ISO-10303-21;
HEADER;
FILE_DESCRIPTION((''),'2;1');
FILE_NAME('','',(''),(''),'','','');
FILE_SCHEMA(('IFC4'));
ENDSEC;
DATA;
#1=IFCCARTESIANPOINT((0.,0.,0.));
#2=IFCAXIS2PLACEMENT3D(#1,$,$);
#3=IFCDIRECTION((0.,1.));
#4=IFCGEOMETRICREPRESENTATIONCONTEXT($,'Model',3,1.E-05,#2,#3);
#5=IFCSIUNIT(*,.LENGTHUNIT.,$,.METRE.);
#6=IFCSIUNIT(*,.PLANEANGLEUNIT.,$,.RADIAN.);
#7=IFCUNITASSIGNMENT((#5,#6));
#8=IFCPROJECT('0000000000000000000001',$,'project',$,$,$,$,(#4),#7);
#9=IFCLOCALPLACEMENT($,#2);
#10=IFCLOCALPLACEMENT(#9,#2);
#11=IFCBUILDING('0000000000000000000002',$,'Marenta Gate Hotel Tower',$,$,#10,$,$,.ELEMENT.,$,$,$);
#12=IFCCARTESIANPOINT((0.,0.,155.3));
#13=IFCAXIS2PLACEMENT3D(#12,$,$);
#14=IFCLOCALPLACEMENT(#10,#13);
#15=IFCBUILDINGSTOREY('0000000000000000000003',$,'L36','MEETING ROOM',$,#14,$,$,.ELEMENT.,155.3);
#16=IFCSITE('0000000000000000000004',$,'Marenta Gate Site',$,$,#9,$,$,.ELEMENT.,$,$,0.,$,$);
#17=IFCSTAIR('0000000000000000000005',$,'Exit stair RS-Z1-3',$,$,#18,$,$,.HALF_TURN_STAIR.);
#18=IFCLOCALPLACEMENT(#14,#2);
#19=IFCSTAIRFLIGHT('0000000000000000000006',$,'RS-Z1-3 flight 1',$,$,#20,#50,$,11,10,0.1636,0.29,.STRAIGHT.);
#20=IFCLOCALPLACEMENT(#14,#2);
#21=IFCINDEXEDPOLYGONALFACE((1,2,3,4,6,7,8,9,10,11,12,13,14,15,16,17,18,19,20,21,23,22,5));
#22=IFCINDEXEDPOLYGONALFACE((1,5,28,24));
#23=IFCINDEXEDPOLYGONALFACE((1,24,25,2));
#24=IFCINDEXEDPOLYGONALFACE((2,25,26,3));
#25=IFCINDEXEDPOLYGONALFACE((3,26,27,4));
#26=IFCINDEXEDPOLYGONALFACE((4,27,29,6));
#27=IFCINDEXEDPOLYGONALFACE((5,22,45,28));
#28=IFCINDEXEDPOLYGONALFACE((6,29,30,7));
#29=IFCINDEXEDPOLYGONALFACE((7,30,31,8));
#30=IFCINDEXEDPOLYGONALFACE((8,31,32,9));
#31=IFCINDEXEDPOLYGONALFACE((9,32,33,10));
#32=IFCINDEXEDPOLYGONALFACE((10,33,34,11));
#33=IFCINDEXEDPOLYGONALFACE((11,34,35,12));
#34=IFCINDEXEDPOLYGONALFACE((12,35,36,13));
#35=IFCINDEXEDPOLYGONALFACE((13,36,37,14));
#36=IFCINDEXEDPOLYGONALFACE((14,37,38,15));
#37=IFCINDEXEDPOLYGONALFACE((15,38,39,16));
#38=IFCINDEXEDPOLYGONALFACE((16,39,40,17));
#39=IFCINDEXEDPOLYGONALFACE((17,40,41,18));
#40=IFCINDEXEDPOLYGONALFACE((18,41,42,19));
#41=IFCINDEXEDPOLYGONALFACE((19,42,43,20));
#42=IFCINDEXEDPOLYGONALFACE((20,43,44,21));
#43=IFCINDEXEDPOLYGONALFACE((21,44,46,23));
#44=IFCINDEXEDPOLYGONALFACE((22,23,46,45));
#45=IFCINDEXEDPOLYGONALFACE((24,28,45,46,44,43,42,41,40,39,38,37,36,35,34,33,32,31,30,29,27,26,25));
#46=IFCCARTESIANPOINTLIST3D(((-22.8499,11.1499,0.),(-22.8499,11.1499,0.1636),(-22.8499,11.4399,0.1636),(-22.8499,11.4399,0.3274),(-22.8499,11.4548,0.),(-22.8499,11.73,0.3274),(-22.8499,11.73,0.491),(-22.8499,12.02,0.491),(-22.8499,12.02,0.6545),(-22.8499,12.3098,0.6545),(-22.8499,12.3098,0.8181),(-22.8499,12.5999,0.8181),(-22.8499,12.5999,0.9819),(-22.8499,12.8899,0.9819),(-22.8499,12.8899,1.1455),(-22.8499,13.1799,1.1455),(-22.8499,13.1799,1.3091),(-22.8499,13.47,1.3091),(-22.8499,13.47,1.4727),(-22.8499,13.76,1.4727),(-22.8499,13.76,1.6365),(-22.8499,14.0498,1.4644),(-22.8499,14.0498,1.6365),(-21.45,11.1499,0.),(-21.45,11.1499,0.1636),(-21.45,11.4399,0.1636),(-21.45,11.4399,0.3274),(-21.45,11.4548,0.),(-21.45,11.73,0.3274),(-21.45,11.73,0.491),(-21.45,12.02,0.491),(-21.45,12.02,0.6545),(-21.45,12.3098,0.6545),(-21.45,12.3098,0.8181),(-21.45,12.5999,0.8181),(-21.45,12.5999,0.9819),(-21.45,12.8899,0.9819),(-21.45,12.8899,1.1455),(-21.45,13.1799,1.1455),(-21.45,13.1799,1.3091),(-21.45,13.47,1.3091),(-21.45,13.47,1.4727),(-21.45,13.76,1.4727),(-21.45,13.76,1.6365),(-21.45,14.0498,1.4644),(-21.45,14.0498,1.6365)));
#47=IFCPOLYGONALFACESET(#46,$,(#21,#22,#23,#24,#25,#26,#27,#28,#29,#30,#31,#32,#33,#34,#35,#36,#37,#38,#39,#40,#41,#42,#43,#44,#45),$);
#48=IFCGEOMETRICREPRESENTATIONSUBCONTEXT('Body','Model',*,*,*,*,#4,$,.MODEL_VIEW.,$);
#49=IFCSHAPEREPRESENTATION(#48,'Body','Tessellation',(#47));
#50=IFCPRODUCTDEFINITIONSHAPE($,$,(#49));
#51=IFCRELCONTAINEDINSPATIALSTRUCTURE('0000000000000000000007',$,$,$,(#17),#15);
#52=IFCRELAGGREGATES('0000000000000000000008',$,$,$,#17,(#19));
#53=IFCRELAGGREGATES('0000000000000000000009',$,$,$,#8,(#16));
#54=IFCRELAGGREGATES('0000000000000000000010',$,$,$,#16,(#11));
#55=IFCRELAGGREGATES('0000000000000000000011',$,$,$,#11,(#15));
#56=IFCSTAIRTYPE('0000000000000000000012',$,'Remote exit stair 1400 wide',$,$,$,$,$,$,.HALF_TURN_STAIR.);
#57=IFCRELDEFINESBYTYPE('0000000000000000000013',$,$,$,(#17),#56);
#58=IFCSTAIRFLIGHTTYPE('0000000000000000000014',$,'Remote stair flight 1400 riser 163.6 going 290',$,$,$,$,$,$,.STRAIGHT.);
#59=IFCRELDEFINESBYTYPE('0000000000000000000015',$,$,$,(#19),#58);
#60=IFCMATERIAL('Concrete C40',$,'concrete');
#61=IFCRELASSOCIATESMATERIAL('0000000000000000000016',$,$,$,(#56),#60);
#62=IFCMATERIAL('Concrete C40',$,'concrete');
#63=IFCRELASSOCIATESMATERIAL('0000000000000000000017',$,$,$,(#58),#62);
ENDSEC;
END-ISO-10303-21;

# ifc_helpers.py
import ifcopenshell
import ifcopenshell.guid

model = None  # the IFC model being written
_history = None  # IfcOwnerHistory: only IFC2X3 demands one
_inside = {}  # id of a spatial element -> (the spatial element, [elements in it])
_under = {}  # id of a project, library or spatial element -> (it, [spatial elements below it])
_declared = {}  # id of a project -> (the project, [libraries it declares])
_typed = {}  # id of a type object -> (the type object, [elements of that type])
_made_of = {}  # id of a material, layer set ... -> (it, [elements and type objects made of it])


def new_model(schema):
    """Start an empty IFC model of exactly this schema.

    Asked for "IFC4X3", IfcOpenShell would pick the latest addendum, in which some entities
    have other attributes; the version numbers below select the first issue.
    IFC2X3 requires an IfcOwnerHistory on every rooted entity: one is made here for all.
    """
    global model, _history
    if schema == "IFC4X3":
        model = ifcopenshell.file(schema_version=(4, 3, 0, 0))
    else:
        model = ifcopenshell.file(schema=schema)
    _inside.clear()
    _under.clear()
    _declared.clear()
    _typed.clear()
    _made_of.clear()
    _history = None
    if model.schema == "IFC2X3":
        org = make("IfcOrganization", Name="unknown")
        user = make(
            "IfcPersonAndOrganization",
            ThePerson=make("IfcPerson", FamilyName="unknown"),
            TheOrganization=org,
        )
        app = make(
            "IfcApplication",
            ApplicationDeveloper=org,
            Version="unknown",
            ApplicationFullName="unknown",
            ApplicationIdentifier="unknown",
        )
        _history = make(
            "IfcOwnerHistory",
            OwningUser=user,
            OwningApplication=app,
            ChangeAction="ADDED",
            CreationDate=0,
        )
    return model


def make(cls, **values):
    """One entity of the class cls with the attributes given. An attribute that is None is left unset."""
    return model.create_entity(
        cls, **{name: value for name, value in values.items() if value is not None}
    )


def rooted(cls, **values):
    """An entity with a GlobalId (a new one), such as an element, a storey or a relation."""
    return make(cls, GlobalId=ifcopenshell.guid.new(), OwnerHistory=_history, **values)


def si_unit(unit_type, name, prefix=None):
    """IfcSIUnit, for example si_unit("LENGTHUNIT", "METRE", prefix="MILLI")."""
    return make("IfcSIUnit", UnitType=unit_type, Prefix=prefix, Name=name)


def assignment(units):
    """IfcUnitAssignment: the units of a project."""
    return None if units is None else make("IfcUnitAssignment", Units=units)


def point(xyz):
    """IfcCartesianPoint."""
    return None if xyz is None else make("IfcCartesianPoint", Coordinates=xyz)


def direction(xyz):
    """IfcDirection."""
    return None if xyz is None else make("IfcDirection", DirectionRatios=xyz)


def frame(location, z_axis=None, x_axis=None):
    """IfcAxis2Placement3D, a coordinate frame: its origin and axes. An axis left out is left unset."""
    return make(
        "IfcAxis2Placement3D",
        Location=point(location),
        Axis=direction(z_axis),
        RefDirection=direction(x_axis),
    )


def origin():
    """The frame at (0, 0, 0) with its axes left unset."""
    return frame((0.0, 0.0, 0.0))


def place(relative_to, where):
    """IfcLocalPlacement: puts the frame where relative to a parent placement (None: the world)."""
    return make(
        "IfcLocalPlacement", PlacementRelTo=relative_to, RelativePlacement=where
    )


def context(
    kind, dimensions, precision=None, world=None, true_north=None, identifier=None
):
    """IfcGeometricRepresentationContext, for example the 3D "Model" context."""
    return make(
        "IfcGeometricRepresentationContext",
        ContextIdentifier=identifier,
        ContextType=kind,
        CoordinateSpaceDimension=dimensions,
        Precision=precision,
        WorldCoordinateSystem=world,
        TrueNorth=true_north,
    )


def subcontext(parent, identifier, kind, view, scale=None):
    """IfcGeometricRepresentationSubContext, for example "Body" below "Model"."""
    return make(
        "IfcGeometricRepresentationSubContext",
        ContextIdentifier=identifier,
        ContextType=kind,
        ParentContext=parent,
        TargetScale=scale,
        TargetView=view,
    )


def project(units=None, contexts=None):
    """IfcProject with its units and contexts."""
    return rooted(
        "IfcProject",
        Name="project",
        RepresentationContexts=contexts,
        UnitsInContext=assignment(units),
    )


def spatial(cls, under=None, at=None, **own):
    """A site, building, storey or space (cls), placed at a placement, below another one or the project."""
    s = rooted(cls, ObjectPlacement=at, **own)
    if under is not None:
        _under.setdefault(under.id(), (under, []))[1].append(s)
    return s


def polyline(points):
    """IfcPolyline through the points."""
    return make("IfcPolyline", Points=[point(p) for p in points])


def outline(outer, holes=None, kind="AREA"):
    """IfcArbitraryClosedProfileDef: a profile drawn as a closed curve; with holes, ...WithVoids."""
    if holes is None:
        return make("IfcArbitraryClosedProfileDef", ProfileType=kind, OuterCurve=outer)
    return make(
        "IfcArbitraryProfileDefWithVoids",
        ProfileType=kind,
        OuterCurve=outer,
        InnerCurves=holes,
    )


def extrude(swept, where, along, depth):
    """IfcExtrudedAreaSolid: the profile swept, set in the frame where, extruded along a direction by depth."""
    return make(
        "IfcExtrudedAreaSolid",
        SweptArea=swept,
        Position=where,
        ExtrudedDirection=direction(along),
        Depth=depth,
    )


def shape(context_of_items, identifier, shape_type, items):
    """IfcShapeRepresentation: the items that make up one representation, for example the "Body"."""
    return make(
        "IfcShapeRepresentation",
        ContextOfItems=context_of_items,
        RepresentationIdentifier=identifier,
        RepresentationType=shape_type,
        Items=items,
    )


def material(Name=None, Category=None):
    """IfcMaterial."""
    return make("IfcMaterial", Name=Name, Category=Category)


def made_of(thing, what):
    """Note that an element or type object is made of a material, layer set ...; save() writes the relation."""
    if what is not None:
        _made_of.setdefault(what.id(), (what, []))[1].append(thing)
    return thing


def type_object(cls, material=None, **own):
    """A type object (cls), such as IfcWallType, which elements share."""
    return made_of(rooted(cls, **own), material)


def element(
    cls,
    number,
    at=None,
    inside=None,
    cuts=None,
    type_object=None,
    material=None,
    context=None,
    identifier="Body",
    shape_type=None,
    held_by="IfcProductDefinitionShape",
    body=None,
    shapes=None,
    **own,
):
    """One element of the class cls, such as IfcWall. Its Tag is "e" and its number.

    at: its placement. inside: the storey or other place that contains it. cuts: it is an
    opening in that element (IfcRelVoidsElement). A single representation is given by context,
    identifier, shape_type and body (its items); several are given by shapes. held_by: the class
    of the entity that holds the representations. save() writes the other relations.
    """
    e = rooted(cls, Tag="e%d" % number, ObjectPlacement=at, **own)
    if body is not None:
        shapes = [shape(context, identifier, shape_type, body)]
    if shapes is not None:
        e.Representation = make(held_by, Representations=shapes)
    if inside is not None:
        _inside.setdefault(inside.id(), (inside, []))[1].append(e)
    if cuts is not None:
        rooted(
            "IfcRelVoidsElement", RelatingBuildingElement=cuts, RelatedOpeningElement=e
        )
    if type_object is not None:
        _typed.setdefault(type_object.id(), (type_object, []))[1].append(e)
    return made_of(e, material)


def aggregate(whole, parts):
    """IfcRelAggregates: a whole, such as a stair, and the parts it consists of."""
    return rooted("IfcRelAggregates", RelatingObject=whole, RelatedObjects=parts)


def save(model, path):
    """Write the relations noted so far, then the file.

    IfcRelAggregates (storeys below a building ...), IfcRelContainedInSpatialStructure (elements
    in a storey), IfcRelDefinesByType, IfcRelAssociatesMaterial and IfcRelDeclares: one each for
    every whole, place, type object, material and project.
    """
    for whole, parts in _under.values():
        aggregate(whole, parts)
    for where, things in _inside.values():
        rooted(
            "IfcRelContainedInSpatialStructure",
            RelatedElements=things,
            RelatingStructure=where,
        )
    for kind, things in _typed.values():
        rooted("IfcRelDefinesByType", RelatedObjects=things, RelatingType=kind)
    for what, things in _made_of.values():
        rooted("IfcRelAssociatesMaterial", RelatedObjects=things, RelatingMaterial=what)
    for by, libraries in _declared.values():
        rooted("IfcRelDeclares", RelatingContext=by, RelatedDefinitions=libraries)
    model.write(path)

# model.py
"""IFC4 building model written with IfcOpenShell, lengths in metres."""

from ifc_helpers import new_model, si_unit, direction, frame, origin, place, context, subcontext, project, spatial, polyline, outline, extrude, material, type_object, element, aggregate, save


model = new_model("IFC4")

# Units and contexts
model_context = context("Model", 3, precision=1e-05, world=origin(), true_north=direction((0.0, 1.0)))
body_context = subcontext(model_context, "Body", "Model", "MODEL_VIEW")
ifc_project = project(units=[si_unit("LENGTHUNIT", "METRE"), si_unit("PLANEANGLEUNIT", "RADIAN")], contexts=[model_context])

# Site, building, storey
site_placement = place(None, origin())
site = spatial("IfcSite", under=ifc_project, at=site_placement, Name="Marenta Gate Site", CompositionType="ELEMENT", RefElevation=0.0)
building_placement = place(site_placement, origin())
building = spatial("IfcBuilding", under=site, at=building_placement, Name="Marenta Gate Hotel Tower", CompositionType="ELEMENT")
storey_placement = place(building_placement, frame((0.0, 0.0, 155.3)))
storey = spatial("IfcBuildingStorey", under=building, at=storey_placement, Name="L36", Description="MEETING ROOM", CompositionType="ELEMENT", Elevation=155.3)

# Stair, stair flight
ifc_material_1 = material(Name="Concrete C40", Category="concrete")
stair_type = type_object("IfcStairType", Name="Remote exit stair 1400 wide", PredefinedType="HALF_TURN_STAIR", material=ifc_material_1)
stair_placement = place(storey_placement, origin())
stair = element("IfcStair", 1, at=stair_placement, inside=storey, type_object=stair_type, Name="Exit stair RS-Z1-3", PredefinedType="HALF_TURN_STAIR")
ifc_material_2 = material(Name="Concrete C40", Category="concrete")
stair_flight_type = type_object("IfcStairFlightType", Name="Remote stair flight 1400 riser 163.6 going 290", PredefinedType="STRAIGHT", material=ifc_material_2)
stair_flight_placement = place(storey_placement, frame((-22.1499, 11.1499, 0.0), z_axis=(0.0, 0.0, 1.0), x_axis=(0.0, 1.0, 0.0)))
stair_flight = element("IfcStairFlight", 2, at=stair_flight_placement, type_object=stair_flight_type, Name="RS-Z1-3 flight 1", NumberOfRisers=11, NumberOfTreads=10, PredefinedType="STRAIGHT", RiserHeight=0.1636, TreadLength=0.29, context=body_context, shape_type="SweptSolid", body=[
    extrude(outline(polyline([(0.0, 0.0), (0.0, 0.1636), (0.29, 0.1636), (0.29, 0.3274), (0.5801, 0.3274), (0.5801, 0.491), (0.8701, 0.491), (0.8701, 0.6545), (1.1599, 0.6545), (1.1599, 0.8181), (1.45, 0.8181), (1.45, 0.9819), (1.74, 0.9819), (1.74, 1.1455), (2.03, 1.1455), (2.03, 1.3091), (2.3201, 1.3091), (2.3201, 1.4727), (2.6101, 1.4727), (2.6101, 1.6365), (2.8999, 1.6365), (2.8999, 1.8), (2.8999, 1.4644), (0.3049, 0.0), (0.0, 0.0)])), frame((0.0, 0.7, 0.0), z_axis=(0.0, -1.0, 0.0), x_axis=(1.0, 0.0, 0.0)), (0.0, 0.0, 1.0), 1.3999),
])
aggregate(stair, [stair_flight])

save(model, "model.ifc")
